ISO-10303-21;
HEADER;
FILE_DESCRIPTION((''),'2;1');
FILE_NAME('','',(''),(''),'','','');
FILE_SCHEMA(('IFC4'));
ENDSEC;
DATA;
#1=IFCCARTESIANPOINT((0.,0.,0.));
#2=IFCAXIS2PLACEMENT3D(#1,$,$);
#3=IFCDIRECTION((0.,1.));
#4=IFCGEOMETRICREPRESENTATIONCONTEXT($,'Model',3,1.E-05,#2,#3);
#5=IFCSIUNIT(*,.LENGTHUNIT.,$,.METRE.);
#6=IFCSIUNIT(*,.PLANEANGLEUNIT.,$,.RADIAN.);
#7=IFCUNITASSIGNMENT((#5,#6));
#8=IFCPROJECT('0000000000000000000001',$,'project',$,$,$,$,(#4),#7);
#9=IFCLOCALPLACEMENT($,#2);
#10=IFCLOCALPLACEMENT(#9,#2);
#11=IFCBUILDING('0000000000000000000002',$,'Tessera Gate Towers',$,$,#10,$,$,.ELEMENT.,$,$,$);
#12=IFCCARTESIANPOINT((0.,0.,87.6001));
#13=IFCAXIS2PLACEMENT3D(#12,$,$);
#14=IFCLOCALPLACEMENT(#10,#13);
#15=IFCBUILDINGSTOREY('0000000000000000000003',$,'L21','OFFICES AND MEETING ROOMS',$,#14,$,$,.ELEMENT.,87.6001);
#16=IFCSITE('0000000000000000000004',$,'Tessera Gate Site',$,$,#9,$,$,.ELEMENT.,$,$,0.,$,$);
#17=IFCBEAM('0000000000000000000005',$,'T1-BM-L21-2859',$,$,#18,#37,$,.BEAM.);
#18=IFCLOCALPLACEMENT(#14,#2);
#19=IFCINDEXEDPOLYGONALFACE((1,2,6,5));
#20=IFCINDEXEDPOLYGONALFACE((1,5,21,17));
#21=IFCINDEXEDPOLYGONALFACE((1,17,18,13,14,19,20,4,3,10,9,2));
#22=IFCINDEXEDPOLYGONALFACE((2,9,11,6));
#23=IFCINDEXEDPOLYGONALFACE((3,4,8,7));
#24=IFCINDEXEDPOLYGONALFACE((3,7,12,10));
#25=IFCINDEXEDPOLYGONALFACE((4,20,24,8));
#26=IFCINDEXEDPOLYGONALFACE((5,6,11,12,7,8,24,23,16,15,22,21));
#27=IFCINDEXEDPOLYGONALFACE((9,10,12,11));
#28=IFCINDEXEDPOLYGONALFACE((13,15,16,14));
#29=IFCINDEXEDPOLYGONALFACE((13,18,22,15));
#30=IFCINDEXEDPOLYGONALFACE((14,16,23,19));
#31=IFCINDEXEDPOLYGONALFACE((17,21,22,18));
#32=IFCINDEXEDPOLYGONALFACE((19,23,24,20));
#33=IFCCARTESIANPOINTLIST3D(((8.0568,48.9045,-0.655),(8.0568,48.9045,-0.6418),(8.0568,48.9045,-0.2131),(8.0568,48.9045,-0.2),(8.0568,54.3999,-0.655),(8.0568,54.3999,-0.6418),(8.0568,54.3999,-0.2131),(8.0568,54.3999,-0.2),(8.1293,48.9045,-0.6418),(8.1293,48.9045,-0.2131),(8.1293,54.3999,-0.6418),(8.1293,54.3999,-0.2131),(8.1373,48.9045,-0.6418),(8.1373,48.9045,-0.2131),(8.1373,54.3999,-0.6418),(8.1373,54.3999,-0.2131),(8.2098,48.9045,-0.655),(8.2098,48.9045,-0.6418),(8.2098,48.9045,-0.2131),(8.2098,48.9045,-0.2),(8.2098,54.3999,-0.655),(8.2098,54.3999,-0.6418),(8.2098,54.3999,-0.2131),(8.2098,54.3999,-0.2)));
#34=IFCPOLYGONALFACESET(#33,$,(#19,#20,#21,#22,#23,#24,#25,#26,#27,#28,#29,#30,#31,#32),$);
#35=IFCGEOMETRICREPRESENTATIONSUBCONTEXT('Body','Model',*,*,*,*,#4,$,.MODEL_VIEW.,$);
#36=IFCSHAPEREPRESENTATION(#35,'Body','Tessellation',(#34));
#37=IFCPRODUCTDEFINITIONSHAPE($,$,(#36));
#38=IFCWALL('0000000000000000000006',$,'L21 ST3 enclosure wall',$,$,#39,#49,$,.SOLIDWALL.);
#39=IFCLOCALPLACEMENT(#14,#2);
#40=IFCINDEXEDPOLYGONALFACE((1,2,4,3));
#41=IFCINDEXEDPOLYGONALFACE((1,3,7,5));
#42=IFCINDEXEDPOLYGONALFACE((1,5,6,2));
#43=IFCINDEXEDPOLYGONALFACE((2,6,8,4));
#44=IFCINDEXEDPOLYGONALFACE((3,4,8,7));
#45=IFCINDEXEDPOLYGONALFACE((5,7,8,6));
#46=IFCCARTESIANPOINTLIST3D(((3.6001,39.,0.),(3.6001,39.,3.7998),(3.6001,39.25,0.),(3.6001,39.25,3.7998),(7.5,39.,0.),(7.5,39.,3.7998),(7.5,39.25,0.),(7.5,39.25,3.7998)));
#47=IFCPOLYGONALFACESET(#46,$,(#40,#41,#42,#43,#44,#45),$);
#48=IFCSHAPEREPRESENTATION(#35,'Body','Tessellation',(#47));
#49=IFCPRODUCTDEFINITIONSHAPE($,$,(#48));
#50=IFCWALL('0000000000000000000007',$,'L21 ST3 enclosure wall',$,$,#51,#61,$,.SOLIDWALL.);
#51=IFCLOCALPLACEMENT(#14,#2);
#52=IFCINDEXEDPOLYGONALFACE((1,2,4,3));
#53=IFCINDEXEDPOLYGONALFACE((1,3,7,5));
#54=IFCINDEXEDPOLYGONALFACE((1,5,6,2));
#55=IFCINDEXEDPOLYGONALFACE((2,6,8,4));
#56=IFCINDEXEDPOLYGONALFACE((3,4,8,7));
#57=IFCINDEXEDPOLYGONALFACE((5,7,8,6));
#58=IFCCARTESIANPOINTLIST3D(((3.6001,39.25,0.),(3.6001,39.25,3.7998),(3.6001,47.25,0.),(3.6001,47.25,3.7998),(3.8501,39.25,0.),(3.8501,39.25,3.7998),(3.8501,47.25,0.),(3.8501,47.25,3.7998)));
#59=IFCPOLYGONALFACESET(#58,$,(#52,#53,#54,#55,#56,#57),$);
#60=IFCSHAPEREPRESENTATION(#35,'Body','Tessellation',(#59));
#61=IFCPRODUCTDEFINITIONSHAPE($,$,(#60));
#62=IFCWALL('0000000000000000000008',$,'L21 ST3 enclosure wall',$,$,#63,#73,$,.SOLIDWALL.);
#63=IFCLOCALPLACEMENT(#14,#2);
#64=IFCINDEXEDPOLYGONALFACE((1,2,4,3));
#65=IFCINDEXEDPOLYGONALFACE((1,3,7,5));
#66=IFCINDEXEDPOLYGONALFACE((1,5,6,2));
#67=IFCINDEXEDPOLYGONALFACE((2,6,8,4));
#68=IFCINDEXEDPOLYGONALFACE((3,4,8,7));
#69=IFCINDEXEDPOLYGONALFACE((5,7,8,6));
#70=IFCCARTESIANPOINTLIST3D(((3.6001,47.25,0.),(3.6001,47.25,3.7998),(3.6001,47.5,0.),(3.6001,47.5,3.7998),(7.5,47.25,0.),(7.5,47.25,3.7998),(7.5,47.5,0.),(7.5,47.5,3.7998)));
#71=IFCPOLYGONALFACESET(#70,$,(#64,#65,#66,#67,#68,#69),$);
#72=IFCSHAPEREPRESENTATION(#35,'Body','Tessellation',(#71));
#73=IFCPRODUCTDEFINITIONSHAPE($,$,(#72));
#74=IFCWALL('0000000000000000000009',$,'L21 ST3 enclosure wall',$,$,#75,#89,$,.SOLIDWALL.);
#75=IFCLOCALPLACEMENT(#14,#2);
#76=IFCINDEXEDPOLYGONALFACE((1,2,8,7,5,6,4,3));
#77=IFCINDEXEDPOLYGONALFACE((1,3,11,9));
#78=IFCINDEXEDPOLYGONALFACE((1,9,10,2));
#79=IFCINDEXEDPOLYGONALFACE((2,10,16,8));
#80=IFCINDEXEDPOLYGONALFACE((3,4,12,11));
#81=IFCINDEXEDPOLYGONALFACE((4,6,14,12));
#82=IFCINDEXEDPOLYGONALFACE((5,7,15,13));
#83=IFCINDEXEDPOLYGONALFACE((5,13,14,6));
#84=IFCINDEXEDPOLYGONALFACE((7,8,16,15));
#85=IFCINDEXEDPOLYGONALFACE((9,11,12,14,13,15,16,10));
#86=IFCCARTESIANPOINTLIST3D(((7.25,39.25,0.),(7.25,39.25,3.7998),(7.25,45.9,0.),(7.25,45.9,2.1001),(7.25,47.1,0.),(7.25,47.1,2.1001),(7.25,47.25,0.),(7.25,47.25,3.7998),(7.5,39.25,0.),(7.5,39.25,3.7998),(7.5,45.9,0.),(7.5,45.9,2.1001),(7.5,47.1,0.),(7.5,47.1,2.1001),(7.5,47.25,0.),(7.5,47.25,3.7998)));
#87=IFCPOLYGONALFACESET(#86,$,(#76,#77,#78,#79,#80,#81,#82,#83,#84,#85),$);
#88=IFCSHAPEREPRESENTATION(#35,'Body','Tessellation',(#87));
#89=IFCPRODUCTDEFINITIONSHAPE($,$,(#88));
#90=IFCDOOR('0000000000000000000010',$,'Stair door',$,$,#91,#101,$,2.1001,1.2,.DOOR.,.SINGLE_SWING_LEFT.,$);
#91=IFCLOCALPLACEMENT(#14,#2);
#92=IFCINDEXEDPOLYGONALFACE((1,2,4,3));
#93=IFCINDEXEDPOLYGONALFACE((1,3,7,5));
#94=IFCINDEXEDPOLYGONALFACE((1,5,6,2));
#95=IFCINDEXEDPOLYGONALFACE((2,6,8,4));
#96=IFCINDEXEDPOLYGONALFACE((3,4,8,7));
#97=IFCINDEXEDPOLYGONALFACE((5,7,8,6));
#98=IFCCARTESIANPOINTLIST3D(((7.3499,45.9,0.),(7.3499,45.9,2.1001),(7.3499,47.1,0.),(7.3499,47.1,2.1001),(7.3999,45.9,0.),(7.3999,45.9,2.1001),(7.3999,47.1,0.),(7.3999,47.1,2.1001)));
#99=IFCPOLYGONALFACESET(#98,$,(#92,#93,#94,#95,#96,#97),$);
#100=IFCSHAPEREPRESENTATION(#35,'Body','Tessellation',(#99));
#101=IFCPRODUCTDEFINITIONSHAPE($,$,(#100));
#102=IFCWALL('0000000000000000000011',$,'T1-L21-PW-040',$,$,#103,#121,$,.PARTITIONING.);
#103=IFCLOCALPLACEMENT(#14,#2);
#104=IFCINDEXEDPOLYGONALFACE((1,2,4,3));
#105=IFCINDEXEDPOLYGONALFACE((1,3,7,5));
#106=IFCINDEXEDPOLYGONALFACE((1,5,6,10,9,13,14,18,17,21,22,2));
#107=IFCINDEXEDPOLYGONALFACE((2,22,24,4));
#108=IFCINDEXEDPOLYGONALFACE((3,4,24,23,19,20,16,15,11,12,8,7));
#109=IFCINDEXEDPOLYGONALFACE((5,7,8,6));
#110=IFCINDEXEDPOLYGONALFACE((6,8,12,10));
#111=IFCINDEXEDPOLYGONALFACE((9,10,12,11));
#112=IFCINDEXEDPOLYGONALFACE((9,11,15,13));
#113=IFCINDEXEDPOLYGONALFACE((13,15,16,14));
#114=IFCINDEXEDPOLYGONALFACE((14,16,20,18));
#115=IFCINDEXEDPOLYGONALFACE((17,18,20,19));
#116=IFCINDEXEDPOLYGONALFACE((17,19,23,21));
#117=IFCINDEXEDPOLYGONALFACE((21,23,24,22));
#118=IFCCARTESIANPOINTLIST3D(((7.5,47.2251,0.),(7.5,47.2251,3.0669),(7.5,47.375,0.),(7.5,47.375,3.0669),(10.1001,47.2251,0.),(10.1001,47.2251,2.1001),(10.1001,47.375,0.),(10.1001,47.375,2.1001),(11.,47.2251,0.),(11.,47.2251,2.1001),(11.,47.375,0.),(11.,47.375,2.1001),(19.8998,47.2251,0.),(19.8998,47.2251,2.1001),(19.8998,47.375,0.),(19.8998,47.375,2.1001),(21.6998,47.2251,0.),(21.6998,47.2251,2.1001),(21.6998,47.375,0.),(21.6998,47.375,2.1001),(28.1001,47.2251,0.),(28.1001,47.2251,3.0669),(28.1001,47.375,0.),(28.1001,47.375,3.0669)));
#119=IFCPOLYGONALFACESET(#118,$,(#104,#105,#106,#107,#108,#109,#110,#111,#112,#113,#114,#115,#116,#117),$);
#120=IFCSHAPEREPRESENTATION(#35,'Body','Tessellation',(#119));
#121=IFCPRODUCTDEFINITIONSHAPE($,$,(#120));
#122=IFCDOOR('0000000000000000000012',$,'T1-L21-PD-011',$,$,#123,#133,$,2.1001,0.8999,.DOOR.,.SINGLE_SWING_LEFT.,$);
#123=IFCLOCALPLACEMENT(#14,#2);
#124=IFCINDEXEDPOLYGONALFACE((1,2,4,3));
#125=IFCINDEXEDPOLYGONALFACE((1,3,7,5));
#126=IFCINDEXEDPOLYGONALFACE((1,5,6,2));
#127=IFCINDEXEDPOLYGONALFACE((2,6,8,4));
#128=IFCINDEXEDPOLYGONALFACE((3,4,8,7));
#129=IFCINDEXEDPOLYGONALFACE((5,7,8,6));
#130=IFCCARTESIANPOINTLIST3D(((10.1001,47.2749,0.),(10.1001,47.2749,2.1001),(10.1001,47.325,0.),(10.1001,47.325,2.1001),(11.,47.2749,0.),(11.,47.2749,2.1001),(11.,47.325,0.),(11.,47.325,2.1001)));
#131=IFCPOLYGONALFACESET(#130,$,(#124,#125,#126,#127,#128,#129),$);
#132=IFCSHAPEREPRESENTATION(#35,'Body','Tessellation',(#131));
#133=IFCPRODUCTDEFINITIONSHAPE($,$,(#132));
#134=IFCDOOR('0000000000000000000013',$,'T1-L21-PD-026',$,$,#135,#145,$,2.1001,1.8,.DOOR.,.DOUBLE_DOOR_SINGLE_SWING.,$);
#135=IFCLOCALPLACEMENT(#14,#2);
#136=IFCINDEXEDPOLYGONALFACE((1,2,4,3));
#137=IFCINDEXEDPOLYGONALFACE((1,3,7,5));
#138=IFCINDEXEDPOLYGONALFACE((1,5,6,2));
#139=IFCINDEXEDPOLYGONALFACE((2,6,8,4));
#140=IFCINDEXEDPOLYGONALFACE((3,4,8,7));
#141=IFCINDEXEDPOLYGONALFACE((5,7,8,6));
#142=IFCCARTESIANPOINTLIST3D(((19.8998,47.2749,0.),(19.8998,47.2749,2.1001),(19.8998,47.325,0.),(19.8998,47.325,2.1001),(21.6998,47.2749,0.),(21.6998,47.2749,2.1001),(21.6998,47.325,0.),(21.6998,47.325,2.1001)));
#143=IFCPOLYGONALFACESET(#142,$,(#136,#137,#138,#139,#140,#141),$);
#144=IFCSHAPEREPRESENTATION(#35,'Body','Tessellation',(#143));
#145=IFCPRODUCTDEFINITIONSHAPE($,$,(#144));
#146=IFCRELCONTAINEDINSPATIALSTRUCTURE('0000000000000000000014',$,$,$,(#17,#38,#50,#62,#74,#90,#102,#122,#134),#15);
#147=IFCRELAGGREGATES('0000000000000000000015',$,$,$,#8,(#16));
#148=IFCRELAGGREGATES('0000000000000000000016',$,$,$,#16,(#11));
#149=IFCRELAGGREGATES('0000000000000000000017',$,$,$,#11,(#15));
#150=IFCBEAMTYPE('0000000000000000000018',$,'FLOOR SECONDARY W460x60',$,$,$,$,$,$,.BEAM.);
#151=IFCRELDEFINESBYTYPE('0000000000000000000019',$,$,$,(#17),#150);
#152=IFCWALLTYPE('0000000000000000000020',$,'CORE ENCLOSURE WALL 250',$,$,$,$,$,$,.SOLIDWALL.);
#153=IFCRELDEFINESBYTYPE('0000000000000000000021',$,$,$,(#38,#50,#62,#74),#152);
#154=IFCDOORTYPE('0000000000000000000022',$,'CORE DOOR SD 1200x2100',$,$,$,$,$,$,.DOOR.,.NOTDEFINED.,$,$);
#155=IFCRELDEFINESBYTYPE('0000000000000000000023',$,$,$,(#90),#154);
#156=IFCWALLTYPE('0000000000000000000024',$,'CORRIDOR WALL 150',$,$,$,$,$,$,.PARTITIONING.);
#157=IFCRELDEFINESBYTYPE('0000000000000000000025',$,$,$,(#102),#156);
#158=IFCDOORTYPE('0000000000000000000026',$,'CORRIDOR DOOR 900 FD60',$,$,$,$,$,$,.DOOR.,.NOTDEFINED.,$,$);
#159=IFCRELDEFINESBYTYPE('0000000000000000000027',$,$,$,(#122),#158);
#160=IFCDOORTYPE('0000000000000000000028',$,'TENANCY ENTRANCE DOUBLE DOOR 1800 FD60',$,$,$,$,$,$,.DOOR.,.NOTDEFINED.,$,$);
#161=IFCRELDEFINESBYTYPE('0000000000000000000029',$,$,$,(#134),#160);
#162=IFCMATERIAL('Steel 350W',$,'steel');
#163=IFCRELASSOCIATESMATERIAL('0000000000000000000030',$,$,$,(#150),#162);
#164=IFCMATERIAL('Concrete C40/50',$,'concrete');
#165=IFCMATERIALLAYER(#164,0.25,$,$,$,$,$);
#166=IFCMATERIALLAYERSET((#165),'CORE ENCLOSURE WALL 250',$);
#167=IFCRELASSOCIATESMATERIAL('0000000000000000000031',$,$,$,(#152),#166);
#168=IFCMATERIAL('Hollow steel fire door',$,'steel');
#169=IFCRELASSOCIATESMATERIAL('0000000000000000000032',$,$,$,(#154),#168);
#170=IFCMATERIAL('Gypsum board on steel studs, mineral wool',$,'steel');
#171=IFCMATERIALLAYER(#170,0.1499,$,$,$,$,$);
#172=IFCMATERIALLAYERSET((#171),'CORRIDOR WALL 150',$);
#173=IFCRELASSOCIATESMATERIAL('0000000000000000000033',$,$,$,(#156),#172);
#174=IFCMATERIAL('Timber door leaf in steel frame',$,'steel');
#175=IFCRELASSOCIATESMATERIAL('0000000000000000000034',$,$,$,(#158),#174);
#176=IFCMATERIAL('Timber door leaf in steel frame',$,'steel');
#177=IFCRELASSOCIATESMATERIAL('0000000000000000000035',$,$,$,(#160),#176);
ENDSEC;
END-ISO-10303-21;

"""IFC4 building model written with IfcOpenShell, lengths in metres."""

from ifc_helpers import new_model, si_unit, direction, frame, frame_2d, origin, origin_2d, place, context, subcontext, project, spatial, rectangle, i_section, extrude, source, transform, mapped, material, layer, layer_set, material_profile, profile_set, type_object, element, fill, save


model = new_model("IFC4")

# Units and contexts
model_context = context("Model", 3, precision=1e-05, world=origin(), true_north=direction((0.0, 1.0)))
body_context = subcontext(model_context, "Body", "Model", "MODEL_VIEW")
ifc_project = project(units=[si_unit("LENGTHUNIT", "METRE"), si_unit("PLANEANGLEUNIT", "RADIAN")], contexts=[model_context])

# Site, building, storey
site_placement = place(None, origin())
site = spatial("IfcSite", under=ifc_project, at=site_placement, Name="Tessera Gate Site", CompositionType="ELEMENT", RefElevation=0.0)
building_placement = place(site_placement, origin())
building = spatial("IfcBuilding", under=site, at=building_placement, Name="Tessera Gate Towers", CompositionType="ELEMENT")
storey_placement = place(building_placement, frame((0.0, 0.0, 87.6001)))
storey = spatial("IfcBuildingStorey", under=building, at=storey_placement, Name="L21", Description="OFFICES AND MEETING ROOMS", CompositionType="ELEMENT", Elevation=87.6001)

# Beam
ifc_material_1 = material(Name="Steel 350W", Category="steel")
ifc_material_profile_1 = material_profile(ifc_material_1, i_section(OverallWidth=0.1531, OverallDepth=0.4551, WebThickness=0.0081, FlangeThickness=0.0132, at=origin_2d()), Name="W460x60")
ifc_profile_set_1 = profile_set([ifc_material_profile_1], Name="Steel 350W")
beam_type_1 = type_object("IfcBeamType", Name="FLOOR SECONDARY W460x60", PredefinedType="BEAM", material=ifc_profile_set_1)
beam_1_placement = place(storey_placement, frame((8.1333, 48.9045, -0.4275), z_axis=(0.0, 1.0, 0.0), x_axis=(-1.0, 0.0, 0.0)))
element("IfcBeam", 1, at=beam_1_placement, inside=storey, type_object=beam_type_1, Name="T1-BM-L21-2859", PredefinedType="BEAM", context=body_context, shape_type="SweptSolid", body=[
    extrude(i_section(OverallWidth=0.1531, OverallDepth=0.4551, WebThickness=0.0081, FlangeThickness=0.0132, at=origin_2d()), origin(), (0.0, 0.0, 1.0), 5.4954),
])

# Walls
ifc_material_2 = material(Name="Concrete C40/50", Category="concrete")
ifc_layer_1 = layer(ifc_material_2, 0.25)
ifc_layer_set_1 = layer_set([ifc_layer_1], Name="CORE ENCLOSURE WALL 250")
wall_type_1 = type_object("IfcWallType", Name="CORE ENCLOSURE WALL 250", PredefinedType="SOLIDWALL", material=ifc_layer_set_1)
wall_1_placement = place(storey_placement, frame((7.5, 39.125, 0.0), z_axis=(0.0, 0.0, 1.0), x_axis=(-1.0, 0.0, 0.0)))
element("IfcWall", 2, at=wall_1_placement, inside=storey, type_object=wall_type_1, Name="L21 ST3 enclosure wall", PredefinedType="SOLIDWALL", context=body_context, shape_type="SweptSolid", body=[
    extrude(rectangle(XDim=3.8999, YDim=0.25, at=frame_2d((1.95, 0.0))), origin(), (0.0, 0.0, 1.0), 3.7998),
])
wall_2_placement = place(storey_placement, frame((3.7251, 39.25, 0.0), z_axis=(0.0, 0.0, 1.0), x_axis=(0.0, 1.0, 0.0)))
element("IfcWall", 3, at=wall_2_placement, inside=storey, type_object=wall_type_1, Name="L21 ST3 enclosure wall", PredefinedType="SOLIDWALL", context=body_context, shape_type="SweptSolid", body=[
    extrude(rectangle(XDim=8.0, YDim=0.25, at=frame_2d((4.0, 0.0))), origin(), (0.0, 0.0, 1.0), 3.7998),
])
wall_3_placement = place(storey_placement, frame((3.6001, 47.375, 0.0), z_axis=(0.0, 0.0, 1.0), x_axis=(1.0, 0.0, 0.0)))
element("IfcWall", 4, at=wall_3_placement, inside=storey, type_object=wall_type_1, Name="L21 ST3 enclosure wall", PredefinedType="SOLIDWALL", context=body_context, shape_type="SweptSolid", body=[
    extrude(rectangle(XDim=3.8999, YDim=0.25, at=frame_2d((1.95, 0.0))), origin(), (0.0, 0.0, 1.0), 3.7998),
])

# Wall, opening, door
wall_4_placement = place(storey_placement, frame((7.375, 47.25, 0.0), z_axis=(0.0, 0.0, 1.0), x_axis=(0.0, -1.0, 0.0)))
wall_4 = element("IfcWall", 5, at=wall_4_placement, inside=storey, type_object=wall_type_1, Name="L21 ST3 enclosure wall", PredefinedType="SOLIDWALL", context=body_context, shape_type="SweptSolid", body=[
    extrude(rectangle(XDim=8.0, YDim=0.25, at=frame_2d((4.0, 0.0))), origin(), (0.0, 0.0, 1.0), 3.7998),
])
shared_shape_1 = source(origin(), body_context, "Body", "SweptSolid", [
    extrude(rectangle(XDim=1.2, YDim=2.1001, at=frame_2d((0.6001, 1.05))), frame((0.0, 0.135, 0.0), z_axis=(0.0, -1.0, 0.0), x_axis=(1.0, 0.0, 0.0)), (0.0, 0.0, 1.0), 0.27),
])
opening_1_placement = place(wall_4_placement, frame((0.1499, 0.0, 0.0)))
opening_1 = element("IfcOpeningElement", 6, at=opening_1_placement, cuts=wall_4, PredefinedType="OPENING", context=body_context, shape_type="MappedRepresentation", body=[
    mapped(shared_shape_1, transform((0.0, 0.0, 0.0), scale=1.0)),
])
ifc_material_3 = material(Name="Hollow steel fire door", Category="steel")
door_type_1 = type_object("IfcDoorType", Name="CORE DOOR SD 1200x2100", OperationType="NOTDEFINED", PredefinedType="DOOR", material=ifc_material_3)
shared_shape_2 = source(origin(), body_context, "Body", "SweptSolid", [
    extrude(rectangle(XDim=1.2, YDim=2.1001, at=frame_2d((0.6001, 1.05))), frame((0.0, 0.0249, 0.0), z_axis=(0.0, -1.0, 0.0), x_axis=(1.0, 0.0, 0.0)), (0.0, 0.0, 1.0), 0.05),
])
door_1_placement = place(opening_1_placement, origin())
door_1 = element("IfcDoor", 7, at=door_1_placement, inside=storey, type_object=door_type_1, Name="Stair door", OperationType="SINGLE_SWING_LEFT", OverallHeight=2.1001, OverallWidth=1.2, PredefinedType="DOOR", context=body_context, shape_type="MappedRepresentation", body=[
    mapped(shared_shape_2, transform((0.0, 0.0, 0.0), scale=1.0)),
])
fill(opening_1, door_1)

# Wall, openings, doors
ifc_material_4 = material(Name="Gypsum board on steel studs, mineral wool", Category="steel")
ifc_layer_2 = layer(ifc_material_4, 0.1499)
ifc_layer_set_2 = layer_set([ifc_layer_2], Name="CORRIDOR WALL 150")
wall_type_2 = type_object("IfcWallType", Name="CORRIDOR WALL 150", PredefinedType="PARTITIONING", material=ifc_layer_set_2)
wall_5_placement = place(storey_placement, frame((7.5, 47.3, 0.0), z_axis=(0.0, 0.0, 1.0), x_axis=(1.0, 0.0, 0.0)))
wall_5 = element("IfcWall", 8, at=wall_5_placement, inside=storey, type_object=wall_type_2, Name="T1-L21-PW-040", PredefinedType="PARTITIONING", context=body_context, shape_type="SweptSolid", body=[
    extrude(rectangle(XDim=20.6001, YDim=0.1499, at=frame_2d((10.3, 0.0))), origin(), (0.0, 0.0, 1.0), 3.0669),
])
shared_shape_3 = source(origin(), body_context, "Body", "SweptSolid", [
    extrude(rectangle(XDim=0.8999, YDim=2.1001, at=frame_2d((0.45, 1.05))), frame((0.0, 0.085, 0.0), z_axis=(0.0, -1.0, 0.0), x_axis=(1.0, 0.0, 0.0)), (0.0, 0.0, 1.0), 0.1699),
])
opening_2_placement = place(wall_5_placement, frame((2.6001, 0.0, 0.0)))
opening_2 = element("IfcOpeningElement", 9, at=opening_2_placement, cuts=wall_5, PredefinedType="OPENING", context=body_context, shape_type="MappedRepresentation", body=[
    mapped(shared_shape_3, transform((0.0, 0.0, 0.0), scale=1.0)),
])
shared_shape_4 = source(origin(), body_context, "Body", "SweptSolid", [
    extrude(rectangle(XDim=1.8, YDim=2.1001, at=frame_2d((0.8999, 1.05))), frame((0.0, 0.085, 0.0), z_axis=(0.0, -1.0, 0.0), x_axis=(1.0, 0.0, 0.0)), (0.0, 0.0, 1.0), 0.1699),
])
opening_3_placement = place(wall_5_placement, frame((12.3999, 0.0, 0.0)))
opening_3 = element("IfcOpeningElement", 10, at=opening_3_placement, cuts=wall_5, PredefinedType="OPENING", context=body_context, shape_type="MappedRepresentation", body=[
    mapped(shared_shape_4, transform((0.0, 0.0, 0.0), scale=1.0)),
])
ifc_material_5 = material(Name="Timber door leaf in steel frame", Category="steel")
door_type_2 = type_object("IfcDoorType", Name="CORRIDOR DOOR 900 FD60", OperationType="NOTDEFINED", PredefinedType="DOOR", material=ifc_material_5)
shared_shape_5 = source(origin(), body_context, "Body", "SweptSolid", [
    extrude(rectangle(XDim=0.8999, YDim=2.1001, at=frame_2d((0.45, 1.05))), frame((0.0, 0.0249, 0.0), z_axis=(0.0, -1.0, 0.0), x_axis=(1.0, 0.0, 0.0)), (0.0, 0.0, 1.0), 0.05),
])
door_2_placement = place(opening_2_placement, origin())
door_2 = element("IfcDoor", 11, at=door_2_placement, inside=storey, type_object=door_type_2, Name="T1-L21-PD-011", OperationType="SINGLE_SWING_LEFT", OverallHeight=2.1001, OverallWidth=0.8999, PredefinedType="DOOR", context=body_context, shape_type="MappedRepresentation", body=[
    mapped(shared_shape_5, transform((0.0, 0.0, 0.0), scale=1.0)),
])
fill(opening_2, door_2)
ifc_material_6 = material(Name="Timber door leaf in steel frame", Category="steel")
door_type_3 = type_object("IfcDoorType", Name="TENANCY ENTRANCE DOUBLE DOOR 1800 FD60", OperationType="NOTDEFINED", PredefinedType="DOOR", material=ifc_material_6)
shared_shape_6 = source(origin(), body_context, "Body", "SweptSolid", [
    extrude(rectangle(XDim=1.8, YDim=2.1001, at=frame_2d((0.8999, 1.05))), frame((0.0, 0.0249, 0.0), z_axis=(0.0, -1.0, 0.0), x_axis=(1.0, 0.0, 0.0)), (0.0, 0.0, 1.0), 0.05),
])
door_3_placement = place(opening_3_placement, origin())
door_3 = element("IfcDoor", 12, at=door_3_placement, inside=storey, type_object=door_type_3, Name="T1-L21-PD-026", OperationType="DOUBLE_DOOR_SINGLE_SWING", OverallHeight=2.1001, OverallWidth=1.8, PredefinedType="DOOR", context=body_context, shape_type="MappedRepresentation", body=[
    mapped(shared_shape_6, transform((0.0, 0.0, 0.0), scale=1.0)),
])
fill(opening_3, door_3)

save(model, "model.ifc")
